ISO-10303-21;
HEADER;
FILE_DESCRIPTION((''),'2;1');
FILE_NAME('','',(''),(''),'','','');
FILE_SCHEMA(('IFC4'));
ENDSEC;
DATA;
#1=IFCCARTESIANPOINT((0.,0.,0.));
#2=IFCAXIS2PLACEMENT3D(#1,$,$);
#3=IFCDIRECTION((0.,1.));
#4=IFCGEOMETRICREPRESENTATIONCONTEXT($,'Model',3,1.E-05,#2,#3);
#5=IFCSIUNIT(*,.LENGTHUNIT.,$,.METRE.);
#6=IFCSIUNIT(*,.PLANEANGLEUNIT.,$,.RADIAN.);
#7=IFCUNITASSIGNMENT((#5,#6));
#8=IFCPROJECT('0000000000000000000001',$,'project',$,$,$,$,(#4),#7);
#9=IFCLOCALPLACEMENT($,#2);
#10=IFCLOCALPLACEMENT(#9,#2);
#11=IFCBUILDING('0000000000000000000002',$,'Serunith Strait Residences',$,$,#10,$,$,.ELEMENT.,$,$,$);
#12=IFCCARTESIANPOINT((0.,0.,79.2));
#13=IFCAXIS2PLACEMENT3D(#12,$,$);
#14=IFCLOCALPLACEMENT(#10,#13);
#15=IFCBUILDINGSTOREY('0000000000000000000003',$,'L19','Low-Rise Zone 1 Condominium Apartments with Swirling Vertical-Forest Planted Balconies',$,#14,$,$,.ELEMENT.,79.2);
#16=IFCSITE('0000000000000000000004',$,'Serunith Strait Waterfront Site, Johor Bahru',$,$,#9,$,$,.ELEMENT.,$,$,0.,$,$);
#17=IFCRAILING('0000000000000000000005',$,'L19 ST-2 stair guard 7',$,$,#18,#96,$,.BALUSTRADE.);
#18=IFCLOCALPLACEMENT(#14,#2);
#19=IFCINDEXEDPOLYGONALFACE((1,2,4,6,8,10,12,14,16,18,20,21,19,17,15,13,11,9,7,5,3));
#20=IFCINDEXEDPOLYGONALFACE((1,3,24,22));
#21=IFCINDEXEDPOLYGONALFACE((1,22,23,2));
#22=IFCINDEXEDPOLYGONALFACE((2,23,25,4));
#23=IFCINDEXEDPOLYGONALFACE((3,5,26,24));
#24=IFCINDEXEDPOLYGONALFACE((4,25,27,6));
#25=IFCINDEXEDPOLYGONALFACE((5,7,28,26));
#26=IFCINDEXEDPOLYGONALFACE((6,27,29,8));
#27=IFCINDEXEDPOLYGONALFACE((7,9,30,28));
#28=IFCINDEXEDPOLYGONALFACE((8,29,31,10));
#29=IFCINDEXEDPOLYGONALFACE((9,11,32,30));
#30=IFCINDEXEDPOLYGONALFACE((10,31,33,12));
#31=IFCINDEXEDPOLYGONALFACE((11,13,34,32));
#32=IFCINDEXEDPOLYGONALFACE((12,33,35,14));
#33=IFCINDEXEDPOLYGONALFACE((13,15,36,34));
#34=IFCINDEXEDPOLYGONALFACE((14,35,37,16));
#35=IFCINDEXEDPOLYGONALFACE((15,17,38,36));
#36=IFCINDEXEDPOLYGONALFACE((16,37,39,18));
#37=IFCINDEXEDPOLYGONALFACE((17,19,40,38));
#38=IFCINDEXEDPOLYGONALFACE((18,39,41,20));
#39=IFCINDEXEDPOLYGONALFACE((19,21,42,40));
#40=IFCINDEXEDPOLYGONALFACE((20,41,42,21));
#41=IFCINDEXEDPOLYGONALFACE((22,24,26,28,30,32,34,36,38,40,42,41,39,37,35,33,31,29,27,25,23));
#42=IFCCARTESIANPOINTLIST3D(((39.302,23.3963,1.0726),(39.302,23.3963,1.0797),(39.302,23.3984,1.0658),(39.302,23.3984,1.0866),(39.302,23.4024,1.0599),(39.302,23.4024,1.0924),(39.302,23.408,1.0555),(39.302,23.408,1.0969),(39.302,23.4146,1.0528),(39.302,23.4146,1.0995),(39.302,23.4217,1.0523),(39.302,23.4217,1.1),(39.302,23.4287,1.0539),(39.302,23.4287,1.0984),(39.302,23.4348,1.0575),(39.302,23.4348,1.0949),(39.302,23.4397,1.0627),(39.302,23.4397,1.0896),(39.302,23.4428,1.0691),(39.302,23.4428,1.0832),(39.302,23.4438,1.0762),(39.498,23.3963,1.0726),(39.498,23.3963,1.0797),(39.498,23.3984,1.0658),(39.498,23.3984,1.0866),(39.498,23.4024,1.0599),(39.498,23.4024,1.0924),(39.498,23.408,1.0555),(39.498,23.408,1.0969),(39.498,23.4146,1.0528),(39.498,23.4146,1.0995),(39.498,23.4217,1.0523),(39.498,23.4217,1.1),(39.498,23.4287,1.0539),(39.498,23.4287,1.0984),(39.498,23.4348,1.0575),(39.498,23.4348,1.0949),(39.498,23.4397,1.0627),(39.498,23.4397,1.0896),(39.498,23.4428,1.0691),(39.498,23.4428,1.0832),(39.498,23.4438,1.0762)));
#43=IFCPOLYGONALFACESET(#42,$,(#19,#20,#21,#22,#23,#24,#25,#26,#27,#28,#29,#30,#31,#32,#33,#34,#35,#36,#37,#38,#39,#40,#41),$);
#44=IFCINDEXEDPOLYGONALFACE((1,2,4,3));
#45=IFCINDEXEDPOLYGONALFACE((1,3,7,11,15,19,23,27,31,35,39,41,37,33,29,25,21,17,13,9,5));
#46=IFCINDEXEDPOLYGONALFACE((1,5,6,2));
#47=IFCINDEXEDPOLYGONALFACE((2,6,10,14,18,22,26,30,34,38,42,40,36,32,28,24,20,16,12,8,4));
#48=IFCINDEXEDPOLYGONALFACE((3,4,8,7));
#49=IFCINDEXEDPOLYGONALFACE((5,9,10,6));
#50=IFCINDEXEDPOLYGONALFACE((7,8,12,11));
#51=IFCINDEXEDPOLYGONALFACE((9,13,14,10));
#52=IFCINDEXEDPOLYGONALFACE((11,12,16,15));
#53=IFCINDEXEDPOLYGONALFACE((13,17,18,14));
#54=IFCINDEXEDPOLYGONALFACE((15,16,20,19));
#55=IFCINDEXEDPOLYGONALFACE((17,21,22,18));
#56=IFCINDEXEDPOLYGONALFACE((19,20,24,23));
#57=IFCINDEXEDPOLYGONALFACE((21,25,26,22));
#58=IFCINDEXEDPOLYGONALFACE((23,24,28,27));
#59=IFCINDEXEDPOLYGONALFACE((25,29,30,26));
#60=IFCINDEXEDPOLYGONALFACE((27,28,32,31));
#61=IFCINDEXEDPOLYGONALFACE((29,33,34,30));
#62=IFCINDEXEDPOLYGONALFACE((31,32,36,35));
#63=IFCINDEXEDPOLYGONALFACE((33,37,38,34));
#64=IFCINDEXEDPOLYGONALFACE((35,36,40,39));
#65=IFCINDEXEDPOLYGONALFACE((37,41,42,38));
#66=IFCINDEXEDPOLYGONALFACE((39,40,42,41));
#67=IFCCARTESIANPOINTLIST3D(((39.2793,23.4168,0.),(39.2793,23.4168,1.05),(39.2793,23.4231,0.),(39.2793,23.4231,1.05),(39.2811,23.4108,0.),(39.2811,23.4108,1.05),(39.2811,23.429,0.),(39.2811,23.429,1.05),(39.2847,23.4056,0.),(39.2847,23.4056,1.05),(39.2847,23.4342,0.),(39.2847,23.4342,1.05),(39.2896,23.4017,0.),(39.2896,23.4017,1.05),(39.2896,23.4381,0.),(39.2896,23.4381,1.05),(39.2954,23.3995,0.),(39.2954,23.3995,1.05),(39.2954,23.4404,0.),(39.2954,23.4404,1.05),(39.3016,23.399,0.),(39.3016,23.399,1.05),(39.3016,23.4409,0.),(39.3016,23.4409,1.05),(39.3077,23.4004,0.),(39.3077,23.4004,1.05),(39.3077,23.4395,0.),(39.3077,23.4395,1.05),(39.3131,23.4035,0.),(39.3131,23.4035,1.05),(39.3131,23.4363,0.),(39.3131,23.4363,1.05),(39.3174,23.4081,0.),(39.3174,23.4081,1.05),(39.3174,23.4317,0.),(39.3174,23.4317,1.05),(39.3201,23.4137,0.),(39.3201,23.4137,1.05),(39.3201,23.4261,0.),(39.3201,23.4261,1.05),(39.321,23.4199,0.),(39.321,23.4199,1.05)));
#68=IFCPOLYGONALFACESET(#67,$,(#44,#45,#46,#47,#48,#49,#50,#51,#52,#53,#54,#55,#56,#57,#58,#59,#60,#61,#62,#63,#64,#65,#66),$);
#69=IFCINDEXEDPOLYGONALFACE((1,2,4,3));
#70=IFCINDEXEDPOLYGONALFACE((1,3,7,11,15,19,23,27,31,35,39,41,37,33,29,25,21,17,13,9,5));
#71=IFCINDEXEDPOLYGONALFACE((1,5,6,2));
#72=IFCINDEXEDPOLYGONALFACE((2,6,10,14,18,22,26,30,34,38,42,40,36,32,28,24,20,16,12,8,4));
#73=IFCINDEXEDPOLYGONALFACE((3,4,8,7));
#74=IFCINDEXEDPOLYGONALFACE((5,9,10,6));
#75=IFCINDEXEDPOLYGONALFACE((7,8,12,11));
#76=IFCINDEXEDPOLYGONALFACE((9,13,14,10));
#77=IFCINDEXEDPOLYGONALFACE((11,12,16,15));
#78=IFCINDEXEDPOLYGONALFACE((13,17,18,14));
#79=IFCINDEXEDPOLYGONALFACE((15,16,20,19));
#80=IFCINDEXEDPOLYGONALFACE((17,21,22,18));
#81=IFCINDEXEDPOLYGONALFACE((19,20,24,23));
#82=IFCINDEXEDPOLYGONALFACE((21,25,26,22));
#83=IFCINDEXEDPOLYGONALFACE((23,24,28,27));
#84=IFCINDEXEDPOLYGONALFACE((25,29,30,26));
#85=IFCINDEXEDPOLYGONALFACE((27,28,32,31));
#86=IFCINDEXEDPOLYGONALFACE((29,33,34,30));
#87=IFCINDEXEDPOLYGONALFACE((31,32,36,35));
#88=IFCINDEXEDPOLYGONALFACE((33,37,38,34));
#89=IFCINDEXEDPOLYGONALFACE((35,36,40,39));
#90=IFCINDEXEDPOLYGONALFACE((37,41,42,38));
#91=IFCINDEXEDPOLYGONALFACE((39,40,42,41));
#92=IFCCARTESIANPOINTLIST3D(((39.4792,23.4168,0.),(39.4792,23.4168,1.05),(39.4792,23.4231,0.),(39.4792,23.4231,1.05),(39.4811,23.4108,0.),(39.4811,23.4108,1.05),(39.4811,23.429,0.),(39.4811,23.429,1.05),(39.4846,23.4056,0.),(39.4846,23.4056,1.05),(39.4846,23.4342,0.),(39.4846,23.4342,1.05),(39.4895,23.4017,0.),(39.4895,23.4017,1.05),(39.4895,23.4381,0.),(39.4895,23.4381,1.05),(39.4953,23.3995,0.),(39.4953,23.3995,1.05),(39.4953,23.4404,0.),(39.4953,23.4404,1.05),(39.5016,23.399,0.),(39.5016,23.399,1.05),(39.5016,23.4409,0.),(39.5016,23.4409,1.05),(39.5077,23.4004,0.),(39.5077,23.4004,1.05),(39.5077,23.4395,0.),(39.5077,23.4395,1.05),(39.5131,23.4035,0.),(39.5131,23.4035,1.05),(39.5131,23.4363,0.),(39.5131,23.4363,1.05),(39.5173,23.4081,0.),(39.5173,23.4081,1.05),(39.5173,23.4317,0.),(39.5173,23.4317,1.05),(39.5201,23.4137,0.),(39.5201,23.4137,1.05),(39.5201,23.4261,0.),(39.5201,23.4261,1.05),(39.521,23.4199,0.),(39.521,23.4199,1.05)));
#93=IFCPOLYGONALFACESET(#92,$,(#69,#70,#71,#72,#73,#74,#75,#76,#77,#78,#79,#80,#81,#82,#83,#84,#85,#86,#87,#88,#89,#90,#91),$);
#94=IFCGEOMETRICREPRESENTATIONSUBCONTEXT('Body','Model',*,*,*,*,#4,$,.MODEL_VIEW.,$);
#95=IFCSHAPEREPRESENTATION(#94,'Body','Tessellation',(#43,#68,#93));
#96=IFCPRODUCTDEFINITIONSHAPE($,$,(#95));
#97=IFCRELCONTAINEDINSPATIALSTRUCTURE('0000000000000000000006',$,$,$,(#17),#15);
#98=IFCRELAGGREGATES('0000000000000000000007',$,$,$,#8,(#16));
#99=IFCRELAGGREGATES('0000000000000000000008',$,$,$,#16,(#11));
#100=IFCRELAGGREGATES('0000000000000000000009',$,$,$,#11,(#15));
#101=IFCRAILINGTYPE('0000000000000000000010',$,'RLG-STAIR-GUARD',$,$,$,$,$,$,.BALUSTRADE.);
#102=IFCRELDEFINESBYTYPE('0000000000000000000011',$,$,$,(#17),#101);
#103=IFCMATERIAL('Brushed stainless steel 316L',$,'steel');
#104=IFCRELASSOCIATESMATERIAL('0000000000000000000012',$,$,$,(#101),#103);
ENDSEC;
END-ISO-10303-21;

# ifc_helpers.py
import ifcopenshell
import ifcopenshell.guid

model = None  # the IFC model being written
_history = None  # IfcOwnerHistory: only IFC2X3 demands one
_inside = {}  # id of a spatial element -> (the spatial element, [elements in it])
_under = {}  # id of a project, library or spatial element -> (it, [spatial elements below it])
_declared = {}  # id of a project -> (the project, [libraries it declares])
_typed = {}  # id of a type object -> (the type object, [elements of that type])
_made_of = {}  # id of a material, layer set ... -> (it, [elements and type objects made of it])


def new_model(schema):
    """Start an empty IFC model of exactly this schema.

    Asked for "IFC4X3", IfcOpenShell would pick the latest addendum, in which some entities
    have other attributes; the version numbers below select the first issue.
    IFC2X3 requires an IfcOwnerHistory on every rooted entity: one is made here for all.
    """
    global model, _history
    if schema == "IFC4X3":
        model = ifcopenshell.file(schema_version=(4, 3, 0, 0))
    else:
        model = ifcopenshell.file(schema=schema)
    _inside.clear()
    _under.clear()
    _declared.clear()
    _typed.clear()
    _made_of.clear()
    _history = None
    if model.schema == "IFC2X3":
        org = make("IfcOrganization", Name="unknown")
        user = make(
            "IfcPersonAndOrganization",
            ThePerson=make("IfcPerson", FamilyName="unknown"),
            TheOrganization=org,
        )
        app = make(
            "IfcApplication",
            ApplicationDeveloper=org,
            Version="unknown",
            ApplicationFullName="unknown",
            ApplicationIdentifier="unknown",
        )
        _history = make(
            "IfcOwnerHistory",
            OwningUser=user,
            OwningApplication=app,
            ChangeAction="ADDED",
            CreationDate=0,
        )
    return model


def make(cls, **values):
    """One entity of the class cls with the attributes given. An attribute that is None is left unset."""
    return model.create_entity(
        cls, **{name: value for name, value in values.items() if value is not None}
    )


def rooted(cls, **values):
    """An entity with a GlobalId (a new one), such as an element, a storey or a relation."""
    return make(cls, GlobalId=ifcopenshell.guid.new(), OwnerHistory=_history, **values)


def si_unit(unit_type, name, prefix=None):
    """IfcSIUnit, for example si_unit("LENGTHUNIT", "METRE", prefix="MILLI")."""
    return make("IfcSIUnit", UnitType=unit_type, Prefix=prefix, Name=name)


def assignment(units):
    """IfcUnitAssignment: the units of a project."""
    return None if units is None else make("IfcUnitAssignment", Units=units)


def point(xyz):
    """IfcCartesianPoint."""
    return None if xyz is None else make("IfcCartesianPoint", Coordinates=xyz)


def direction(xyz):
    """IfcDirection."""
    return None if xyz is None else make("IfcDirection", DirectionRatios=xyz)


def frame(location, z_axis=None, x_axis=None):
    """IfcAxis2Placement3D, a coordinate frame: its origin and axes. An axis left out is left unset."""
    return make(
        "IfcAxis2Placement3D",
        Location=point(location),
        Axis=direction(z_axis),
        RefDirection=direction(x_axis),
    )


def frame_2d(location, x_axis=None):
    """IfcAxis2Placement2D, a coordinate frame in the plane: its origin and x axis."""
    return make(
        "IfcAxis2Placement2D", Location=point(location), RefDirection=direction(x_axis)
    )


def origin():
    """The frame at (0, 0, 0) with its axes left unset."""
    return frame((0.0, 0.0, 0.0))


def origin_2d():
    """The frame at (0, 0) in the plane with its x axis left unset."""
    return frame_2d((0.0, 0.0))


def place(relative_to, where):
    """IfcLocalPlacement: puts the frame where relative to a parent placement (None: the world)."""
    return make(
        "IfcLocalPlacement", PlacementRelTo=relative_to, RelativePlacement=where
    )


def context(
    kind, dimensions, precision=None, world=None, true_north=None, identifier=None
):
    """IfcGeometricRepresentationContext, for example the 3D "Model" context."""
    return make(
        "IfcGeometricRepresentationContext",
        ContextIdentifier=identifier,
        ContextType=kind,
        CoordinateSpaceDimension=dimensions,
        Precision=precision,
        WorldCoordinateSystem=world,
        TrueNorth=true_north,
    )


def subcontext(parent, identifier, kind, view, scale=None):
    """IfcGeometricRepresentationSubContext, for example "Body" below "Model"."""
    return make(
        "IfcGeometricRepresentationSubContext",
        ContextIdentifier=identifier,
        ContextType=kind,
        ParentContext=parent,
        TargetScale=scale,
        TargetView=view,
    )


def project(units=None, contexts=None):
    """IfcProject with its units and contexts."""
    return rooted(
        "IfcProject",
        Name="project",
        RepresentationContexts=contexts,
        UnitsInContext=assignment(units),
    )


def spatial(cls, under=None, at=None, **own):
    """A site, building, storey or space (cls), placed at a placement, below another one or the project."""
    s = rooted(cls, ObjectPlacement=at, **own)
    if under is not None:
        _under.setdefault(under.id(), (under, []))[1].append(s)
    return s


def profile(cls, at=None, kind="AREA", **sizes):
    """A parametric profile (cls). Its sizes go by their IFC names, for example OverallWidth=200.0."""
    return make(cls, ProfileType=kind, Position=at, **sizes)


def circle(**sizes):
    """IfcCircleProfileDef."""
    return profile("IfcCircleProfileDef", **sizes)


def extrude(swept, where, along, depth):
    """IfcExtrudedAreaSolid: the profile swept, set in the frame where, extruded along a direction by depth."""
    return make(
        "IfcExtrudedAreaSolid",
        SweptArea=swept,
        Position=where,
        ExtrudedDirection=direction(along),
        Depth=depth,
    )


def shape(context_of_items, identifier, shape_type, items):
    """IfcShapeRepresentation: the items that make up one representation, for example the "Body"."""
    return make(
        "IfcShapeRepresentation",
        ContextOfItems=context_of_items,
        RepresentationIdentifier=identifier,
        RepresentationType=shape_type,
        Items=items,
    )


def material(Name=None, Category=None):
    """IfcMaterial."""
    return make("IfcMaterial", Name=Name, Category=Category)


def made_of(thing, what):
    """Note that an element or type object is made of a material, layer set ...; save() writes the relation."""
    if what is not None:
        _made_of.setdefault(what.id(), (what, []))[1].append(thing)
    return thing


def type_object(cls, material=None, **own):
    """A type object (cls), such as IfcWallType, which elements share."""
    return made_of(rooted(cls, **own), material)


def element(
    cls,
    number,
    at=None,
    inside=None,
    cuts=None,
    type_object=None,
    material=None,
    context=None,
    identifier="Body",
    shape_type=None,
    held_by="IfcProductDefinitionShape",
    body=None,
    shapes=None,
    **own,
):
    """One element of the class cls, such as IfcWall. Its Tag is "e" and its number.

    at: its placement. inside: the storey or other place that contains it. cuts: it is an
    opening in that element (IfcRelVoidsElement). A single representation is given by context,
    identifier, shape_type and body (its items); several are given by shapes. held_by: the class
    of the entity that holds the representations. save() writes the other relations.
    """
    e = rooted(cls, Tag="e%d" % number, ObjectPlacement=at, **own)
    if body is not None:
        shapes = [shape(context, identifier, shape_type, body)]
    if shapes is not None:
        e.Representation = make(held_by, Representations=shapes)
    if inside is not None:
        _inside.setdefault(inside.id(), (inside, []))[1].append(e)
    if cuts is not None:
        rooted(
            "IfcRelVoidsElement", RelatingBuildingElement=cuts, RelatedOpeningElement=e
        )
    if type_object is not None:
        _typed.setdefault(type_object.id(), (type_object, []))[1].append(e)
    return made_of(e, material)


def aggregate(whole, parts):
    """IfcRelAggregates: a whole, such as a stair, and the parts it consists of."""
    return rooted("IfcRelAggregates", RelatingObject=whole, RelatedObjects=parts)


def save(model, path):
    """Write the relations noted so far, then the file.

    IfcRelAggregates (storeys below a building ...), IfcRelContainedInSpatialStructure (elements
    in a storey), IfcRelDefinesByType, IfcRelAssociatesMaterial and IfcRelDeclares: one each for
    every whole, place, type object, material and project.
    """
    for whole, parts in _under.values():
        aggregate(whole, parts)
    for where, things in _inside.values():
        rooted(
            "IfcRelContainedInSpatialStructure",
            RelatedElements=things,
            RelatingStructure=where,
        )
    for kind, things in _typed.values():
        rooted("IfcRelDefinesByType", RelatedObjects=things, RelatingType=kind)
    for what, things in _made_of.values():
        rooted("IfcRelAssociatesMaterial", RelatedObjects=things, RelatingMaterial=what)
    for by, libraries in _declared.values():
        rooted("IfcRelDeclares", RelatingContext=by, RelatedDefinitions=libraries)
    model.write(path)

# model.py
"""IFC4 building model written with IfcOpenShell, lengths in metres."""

from ifc_helpers import new_model, si_unit, direction, frame, origin, origin_2d, place, context, subcontext, project, spatial, circle, extrude, material, type_object, element, save


model = new_model("IFC4")

# Units and contexts
model_context = context("Model", 3, precision=1e-05, world=origin(), true_north=direction((0.0, 1.0)))
body_context = subcontext(model_context, "Body", "Model", "MODEL_VIEW")
ifc_project = project(units=[si_unit("LENGTHUNIT", "METRE"), si_unit("PLANEANGLEUNIT", "RADIAN")], contexts=[model_context])

# Site, building, storey
site_placement = place(None, origin())
site = spatial("IfcSite", under=ifc_project, at=site_placement, Name="Serunith Strait Waterfront Site, Johor Bahru", CompositionType="ELEMENT", RefElevation=0.0)
building_placement = place(site_placement, origin())
building = spatial("IfcBuilding", under=site, at=building_placement, Name="Serunith Strait Residences", CompositionType="ELEMENT")
storey_placement = place(building_placement, frame((0.0, 0.0, 79.2)))
storey = spatial("IfcBuildingStorey", under=building, at=storey_placement, Name="L19", Description="Low-Rise Zone 1 Condominium Apartments with Swirling Vertical-Forest Planted Balconies", CompositionType="ELEMENT", Elevation=79.2)

# Railing
ifc_material_1 = material(Name="Brushed stainless steel 316L", Category="steel")
railing_type_1 = type_object("IfcRailingType", Name="RLG-STAIR-GUARD", PredefinedType="BALUSTRADE", material=ifc_material_1)
railing_1_placement = place(storey_placement, frame((39.3, 23.4199, 0.0)))
element("IfcRailing", 1, at=railing_1_placement, inside=storey, type_object=railing_type_1, Name="L19 ST-2 stair guard 7", PredefinedType="BALUSTRADE", context=body_context, shape_type="SweptSolid", body=[
    extrude(circle(Radius=0.0239, at=origin_2d()), frame((0.002, 0.0, 1.0762), z_axis=(1.0, 0.0, 0.0), x_axis=(0.0, 1.0, 0.0)), (0.0, 0.0, 1.0), 0.196),
    extrude(circle(Radius=0.021, at=origin_2d()), origin(), (0.0, 0.0, 1.0), 1.05),
    extrude(circle(Radius=0.021, at=origin_2d()), frame((0.2, 0.0, 0.0)), (0.0, 0.0, 1.0), 1.05),
])

save(model, "model.ifc")
